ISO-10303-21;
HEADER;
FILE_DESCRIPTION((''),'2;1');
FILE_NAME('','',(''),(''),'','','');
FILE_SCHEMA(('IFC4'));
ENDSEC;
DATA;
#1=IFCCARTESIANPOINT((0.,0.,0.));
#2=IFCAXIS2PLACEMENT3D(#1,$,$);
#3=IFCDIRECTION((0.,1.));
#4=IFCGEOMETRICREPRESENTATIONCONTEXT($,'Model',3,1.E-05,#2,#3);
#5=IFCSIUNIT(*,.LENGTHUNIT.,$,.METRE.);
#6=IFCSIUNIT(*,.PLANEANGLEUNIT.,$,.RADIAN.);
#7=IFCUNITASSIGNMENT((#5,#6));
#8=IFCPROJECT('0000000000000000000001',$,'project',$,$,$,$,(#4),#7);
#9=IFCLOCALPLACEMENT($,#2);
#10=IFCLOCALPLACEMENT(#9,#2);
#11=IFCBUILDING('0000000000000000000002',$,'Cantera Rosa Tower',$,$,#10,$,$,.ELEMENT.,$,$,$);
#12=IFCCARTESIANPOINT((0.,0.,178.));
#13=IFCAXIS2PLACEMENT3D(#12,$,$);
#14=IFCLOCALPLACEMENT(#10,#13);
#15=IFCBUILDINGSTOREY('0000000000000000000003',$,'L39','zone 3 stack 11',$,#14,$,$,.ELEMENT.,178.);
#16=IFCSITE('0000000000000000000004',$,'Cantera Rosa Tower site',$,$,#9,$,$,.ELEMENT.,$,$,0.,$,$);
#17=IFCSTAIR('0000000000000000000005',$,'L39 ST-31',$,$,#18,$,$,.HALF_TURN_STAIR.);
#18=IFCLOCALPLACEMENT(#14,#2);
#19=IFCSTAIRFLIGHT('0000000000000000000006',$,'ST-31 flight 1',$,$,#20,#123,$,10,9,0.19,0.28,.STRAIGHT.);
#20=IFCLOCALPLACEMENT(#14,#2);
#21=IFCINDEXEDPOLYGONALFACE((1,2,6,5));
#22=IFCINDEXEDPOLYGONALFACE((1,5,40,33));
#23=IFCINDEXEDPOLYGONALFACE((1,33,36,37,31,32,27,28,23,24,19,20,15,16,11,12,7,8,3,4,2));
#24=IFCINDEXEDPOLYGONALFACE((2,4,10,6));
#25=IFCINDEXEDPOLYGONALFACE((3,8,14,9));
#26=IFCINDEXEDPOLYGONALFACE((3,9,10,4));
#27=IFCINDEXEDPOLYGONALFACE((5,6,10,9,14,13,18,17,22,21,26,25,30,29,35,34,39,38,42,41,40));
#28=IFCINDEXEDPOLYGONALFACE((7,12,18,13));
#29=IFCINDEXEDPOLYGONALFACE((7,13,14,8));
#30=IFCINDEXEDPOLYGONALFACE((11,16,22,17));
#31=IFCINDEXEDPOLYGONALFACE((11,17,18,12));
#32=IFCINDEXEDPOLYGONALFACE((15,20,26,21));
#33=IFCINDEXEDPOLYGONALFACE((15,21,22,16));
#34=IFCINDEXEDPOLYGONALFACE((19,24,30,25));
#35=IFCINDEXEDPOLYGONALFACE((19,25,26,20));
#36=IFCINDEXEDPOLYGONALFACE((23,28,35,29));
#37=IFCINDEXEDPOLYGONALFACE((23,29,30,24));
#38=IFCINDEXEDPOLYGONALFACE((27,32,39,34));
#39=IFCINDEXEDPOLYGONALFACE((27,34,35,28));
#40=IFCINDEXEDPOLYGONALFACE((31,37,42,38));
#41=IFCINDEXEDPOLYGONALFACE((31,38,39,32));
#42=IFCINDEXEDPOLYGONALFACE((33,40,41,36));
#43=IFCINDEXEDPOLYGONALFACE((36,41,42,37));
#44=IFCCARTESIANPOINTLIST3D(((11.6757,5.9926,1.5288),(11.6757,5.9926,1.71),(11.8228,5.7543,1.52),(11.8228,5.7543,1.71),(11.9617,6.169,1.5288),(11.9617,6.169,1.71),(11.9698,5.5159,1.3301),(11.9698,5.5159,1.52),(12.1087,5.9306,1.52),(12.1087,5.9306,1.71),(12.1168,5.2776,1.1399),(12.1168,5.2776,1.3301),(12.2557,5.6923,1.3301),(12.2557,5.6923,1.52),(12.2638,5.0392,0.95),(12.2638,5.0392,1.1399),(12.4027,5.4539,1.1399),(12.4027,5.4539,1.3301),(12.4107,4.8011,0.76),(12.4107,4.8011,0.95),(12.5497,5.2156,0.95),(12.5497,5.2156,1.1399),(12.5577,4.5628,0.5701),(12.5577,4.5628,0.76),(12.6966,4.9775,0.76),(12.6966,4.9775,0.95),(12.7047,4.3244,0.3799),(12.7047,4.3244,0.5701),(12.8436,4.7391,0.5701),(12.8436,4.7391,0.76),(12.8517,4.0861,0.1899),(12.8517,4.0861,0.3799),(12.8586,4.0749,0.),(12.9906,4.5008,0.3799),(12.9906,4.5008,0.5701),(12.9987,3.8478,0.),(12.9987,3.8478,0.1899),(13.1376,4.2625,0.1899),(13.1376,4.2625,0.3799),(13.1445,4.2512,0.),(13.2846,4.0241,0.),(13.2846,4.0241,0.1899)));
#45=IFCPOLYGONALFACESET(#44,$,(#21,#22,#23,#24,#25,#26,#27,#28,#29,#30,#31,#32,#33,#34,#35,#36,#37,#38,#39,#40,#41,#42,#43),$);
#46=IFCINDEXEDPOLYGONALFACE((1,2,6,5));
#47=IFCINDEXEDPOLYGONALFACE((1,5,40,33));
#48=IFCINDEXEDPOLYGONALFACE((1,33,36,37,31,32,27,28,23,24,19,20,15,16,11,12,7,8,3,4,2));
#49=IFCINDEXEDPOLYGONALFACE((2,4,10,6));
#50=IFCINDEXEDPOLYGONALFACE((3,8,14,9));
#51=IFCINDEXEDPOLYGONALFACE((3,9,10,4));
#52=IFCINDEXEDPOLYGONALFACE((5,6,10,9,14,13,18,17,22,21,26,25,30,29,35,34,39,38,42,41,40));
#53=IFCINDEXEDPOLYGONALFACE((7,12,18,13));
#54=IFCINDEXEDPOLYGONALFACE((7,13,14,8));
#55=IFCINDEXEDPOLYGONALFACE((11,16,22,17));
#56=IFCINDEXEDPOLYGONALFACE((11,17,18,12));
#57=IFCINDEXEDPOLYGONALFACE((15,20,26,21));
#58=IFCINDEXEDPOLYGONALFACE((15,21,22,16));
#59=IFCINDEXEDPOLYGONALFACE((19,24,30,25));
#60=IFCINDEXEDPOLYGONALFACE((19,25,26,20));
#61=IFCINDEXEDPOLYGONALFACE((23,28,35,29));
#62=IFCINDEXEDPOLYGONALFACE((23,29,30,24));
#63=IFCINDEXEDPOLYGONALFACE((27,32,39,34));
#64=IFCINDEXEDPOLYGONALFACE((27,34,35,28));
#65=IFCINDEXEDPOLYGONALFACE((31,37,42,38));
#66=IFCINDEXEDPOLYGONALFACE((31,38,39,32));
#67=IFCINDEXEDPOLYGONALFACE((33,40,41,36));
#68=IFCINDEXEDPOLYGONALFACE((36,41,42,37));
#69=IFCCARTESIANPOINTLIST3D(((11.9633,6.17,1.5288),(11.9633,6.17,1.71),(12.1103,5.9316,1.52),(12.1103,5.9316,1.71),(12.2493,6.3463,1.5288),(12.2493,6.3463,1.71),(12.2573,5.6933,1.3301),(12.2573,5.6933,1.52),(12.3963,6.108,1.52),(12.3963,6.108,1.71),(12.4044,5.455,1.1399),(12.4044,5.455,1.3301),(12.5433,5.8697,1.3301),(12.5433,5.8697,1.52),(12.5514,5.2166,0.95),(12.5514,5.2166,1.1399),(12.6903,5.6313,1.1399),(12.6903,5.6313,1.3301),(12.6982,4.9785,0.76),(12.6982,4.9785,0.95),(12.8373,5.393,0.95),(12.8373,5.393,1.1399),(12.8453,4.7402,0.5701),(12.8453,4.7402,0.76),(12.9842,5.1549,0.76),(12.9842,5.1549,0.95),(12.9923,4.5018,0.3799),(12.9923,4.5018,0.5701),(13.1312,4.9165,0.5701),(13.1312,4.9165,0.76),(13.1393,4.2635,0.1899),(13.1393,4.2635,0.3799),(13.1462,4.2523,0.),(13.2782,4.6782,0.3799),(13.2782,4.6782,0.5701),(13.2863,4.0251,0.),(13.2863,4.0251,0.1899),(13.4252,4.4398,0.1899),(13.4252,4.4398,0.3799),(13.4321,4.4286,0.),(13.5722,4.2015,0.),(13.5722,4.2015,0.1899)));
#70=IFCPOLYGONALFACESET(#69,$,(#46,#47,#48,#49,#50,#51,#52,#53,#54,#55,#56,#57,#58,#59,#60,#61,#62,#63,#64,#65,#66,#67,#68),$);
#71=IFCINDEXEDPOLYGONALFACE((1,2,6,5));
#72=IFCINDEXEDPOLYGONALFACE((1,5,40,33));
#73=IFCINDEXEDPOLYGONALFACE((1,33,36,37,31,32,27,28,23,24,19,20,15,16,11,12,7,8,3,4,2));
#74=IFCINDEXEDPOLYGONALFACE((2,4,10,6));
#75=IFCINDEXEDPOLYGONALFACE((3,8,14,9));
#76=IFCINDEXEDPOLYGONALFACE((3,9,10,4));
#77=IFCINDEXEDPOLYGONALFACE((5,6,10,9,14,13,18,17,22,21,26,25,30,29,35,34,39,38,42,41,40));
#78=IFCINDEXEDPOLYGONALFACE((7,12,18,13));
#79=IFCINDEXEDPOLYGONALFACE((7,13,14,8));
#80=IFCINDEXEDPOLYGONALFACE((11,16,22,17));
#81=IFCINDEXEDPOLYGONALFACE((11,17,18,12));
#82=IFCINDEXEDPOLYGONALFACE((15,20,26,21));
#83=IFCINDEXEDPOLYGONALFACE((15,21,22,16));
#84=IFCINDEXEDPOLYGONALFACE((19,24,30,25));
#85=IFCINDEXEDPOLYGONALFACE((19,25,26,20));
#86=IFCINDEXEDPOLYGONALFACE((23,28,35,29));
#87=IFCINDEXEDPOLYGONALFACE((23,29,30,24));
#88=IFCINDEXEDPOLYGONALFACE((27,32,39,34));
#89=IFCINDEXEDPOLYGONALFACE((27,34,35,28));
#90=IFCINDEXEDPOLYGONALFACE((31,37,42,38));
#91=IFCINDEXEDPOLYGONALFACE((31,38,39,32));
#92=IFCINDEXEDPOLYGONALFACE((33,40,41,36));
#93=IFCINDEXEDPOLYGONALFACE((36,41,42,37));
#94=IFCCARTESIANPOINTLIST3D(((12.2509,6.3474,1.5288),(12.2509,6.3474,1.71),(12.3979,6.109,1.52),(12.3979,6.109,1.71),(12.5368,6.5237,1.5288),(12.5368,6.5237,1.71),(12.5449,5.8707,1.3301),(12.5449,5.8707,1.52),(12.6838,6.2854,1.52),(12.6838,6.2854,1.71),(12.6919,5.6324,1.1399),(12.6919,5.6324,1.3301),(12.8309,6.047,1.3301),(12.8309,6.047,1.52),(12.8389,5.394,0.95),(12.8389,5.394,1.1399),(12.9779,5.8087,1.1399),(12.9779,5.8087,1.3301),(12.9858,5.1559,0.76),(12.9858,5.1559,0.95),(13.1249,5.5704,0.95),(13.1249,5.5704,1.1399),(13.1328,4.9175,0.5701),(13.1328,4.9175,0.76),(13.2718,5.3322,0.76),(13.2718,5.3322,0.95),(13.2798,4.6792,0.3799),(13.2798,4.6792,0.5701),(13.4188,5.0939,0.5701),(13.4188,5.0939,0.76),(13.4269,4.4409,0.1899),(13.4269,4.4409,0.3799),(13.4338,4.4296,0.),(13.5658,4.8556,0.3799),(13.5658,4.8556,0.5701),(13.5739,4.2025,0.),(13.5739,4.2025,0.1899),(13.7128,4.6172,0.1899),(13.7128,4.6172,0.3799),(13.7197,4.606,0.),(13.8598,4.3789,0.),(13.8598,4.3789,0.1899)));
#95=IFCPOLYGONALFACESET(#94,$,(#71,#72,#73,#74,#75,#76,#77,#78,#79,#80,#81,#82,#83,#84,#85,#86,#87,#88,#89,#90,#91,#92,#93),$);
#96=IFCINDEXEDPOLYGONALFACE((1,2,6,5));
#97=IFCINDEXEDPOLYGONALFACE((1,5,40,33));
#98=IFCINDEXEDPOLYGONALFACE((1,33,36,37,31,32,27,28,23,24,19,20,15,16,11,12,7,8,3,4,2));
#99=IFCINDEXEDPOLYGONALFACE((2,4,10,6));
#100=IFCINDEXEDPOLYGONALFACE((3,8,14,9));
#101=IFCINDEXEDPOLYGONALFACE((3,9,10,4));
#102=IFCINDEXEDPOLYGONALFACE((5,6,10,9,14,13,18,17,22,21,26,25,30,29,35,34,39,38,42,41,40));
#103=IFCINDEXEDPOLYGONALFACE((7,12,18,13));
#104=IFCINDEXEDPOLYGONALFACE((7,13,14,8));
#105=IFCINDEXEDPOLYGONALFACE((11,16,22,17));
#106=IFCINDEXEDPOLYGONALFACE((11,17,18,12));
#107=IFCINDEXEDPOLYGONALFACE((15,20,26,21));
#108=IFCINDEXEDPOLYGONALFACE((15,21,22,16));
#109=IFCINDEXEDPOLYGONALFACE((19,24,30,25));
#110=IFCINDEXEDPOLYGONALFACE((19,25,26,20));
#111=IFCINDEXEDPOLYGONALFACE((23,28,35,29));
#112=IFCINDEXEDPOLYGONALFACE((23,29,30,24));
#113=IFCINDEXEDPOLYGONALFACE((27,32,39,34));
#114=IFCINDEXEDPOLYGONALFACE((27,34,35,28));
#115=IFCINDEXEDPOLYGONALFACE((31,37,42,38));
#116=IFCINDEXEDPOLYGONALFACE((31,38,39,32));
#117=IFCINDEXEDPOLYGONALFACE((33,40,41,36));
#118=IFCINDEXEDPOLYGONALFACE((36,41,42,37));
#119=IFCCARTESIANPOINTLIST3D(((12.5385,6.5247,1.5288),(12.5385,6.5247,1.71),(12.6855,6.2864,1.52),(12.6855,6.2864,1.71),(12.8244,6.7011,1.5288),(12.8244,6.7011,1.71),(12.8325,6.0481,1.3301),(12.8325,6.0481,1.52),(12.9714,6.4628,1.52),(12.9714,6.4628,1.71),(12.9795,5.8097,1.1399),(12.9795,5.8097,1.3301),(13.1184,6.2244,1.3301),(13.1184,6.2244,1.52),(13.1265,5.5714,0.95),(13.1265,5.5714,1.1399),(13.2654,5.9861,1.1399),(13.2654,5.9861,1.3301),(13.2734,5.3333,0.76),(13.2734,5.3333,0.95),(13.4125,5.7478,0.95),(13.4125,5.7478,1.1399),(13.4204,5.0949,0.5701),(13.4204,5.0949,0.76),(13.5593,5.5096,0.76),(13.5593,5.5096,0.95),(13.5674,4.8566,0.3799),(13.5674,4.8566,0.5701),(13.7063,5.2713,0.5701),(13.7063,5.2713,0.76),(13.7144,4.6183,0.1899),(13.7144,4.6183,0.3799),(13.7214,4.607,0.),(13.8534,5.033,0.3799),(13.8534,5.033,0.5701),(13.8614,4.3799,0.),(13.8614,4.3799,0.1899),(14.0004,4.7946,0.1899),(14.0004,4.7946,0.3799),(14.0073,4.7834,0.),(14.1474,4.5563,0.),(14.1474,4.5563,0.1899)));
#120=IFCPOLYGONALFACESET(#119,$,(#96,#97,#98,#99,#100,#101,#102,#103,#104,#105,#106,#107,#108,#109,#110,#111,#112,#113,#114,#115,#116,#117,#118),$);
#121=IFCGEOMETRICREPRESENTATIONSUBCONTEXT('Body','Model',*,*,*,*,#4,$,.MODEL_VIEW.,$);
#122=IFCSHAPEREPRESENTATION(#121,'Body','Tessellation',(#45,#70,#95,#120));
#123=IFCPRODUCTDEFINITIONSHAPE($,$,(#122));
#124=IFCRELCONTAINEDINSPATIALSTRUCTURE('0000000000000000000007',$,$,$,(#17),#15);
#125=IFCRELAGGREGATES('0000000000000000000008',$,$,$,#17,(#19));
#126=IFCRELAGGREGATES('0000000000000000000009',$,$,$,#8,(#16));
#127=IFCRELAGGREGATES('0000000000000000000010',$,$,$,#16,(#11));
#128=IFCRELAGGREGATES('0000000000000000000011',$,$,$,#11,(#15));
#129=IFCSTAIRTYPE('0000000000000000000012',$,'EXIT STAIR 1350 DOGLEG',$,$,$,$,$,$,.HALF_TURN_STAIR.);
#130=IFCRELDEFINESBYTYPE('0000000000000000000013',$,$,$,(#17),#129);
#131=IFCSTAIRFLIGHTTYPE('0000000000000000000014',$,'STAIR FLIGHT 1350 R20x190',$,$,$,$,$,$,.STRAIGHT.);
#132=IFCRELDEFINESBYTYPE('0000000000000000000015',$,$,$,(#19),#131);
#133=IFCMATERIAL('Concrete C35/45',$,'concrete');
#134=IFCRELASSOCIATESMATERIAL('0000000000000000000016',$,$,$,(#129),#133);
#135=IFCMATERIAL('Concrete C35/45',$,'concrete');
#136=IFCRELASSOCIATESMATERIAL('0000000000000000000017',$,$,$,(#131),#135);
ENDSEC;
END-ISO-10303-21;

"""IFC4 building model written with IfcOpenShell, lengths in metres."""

from ifc_helpers import new_model, si_unit, direction, frame, origin, place, context, subcontext, project, spatial, polyline, outline, extrude, material, type_object, element, aggregate, save


model = new_model("IFC4")

# Units and contexts
model_context = context("Model", 3, precision=1e-05, world=origin(), true_north=direction((0.0, 1.0)))
body_context = subcontext(model_context, "Body", "Model", "MODEL_VIEW")
ifc_project = project(units=[si_unit("LENGTHUNIT", "METRE"), si_unit("PLANEANGLEUNIT", "RADIAN")], contexts=[model_context])

# Site, building, storey
site_placement = place(None, origin())
site = spatial("IfcSite", under=ifc_project, at=site_placement, Name="Cantera Rosa Tower site", CompositionType="ELEMENT", RefElevation=0.0)
building_placement = place(site_placement, origin())
building = spatial("IfcBuilding", under=site, at=building_placement, Name="Cantera Rosa Tower", CompositionType="ELEMENT")
storey_placement = place(building_placement, frame((0.0, 0.0, 178.0)))
storey = spatial("IfcBuildingStorey", under=building, at=storey_placement, Name="L39", Description="zone 3 stack 11", CompositionType="ELEMENT", Elevation=178.0)

# Stair, stair flight
ifc_material_1 = material(Name="Concrete C35/45", Category="concrete")
stair_type = type_object("IfcStairType", Name="EXIT STAIR 1350 DOGLEG", PredefinedType="HALF_TURN_STAIR", material=ifc_material_1)
stair_1_placement = place(storey_placement, origin())
stair_1 = element("IfcStair", 1, at=stair_1_placement, inside=storey, type_object=stair_type, Name="L39 ST-31", PredefinedType="HALF_TURN_STAIR")
ifc_material_2 = material(Name="Concrete C35/45", Category="concrete")
stair_flight_type = type_object("IfcStairFlightType", Name="STAIR FLIGHT 1350 R20x190", PredefinedType="STRAIGHT", material=ifc_material_2)
stair_flight_1_placement = place(storey_placement, frame((13.5732, 4.2021, 0.0), z_axis=(0.0, 0.0, 1.0), x_axis=(-0.524977, 0.851117, 0.0)))
stair_flight_1 = element("IfcStairFlight", 2, at=stair_flight_1_placement, type_object=stair_flight_type, Name="ST-31 flight 1", NumberOfRisers=10, NumberOfTreads=9, PredefinedType="STRAIGHT", RiserHeight=0.19, TreadLength=0.28, context=body_context, shape_type="SweptSolid", body=[
    extrude(outline(polyline([(0.0, 0.0), (0.0, 0.1899), (0.28, 0.1899), (0.28, 0.3799), (0.5601, 0.3799), (0.5601, 0.5701), (0.8401, 0.5701), (0.8401, 0.76), (1.1201, 0.76), (1.1201, 0.95), (1.3999, 0.95), (1.3999, 1.1399), (1.6799, 1.1399), (1.6799, 1.3301), (1.96, 1.3301), (1.96, 1.52), (2.24, 1.52), (2.24, 1.71), (2.52, 1.71), (2.52, 1.8999), (2.52, 1.5288), (0.2668, 0.0), (0.0, 0.0)])), frame((0.0, 0.675, 0.0), z_axis=(0.0, -1.0, 0.0), x_axis=(1.0, 0.0, 0.0)), (0.0, 0.0, 1.0), 0.3359),
    extrude(outline(polyline([(0.0, 0.0), (0.0, 0.1899), (0.28, 0.1899), (0.28, 0.3799), (0.5601, 0.3799), (0.5601, 0.5701), (0.8401, 0.5701), (0.8401, 0.76), (1.1201, 0.76), (1.1201, 0.95), (1.3999, 0.95), (1.3999, 1.1399), (1.6799, 1.1399), (1.6799, 1.3301), (1.96, 1.3301), (1.96, 1.52), (2.24, 1.52), (2.24, 1.71), (2.52, 1.71), (2.52, 1.8999), (2.52, 1.5288), (0.2668, 0.0), (0.0, 0.0)])), frame((0.0, 0.3372, 0.0), z_axis=(0.0, -1.0, 0.0), x_axis=(1.0, 0.0, 0.0)), (0.0, 0.0, 1.0), 0.3359),
    extrude(outline(polyline([(0.0, 0.0), (0.0, 0.1899), (0.28, 0.1899), (0.28, 0.3799), (0.5601, 0.3799), (0.5601, 0.5701), (0.8401, 0.5701), (0.8401, 0.76), (1.1201, 0.76), (1.1201, 0.95), (1.3999, 0.95), (1.3999, 1.1399), (1.6799, 1.1399), (1.6799, 1.3301), (1.96, 1.3301), (1.96, 1.52), (2.24, 1.52), (2.24, 1.71), (2.52, 1.71), (2.52, 1.8999), (2.52, 1.5288), (0.2668, 0.0), (0.0, 0.0)])), frame((0.0, -0.0007, 0.0), z_axis=(0.0, -1.0, 0.0), x_axis=(1.0, 0.0, 0.0)), (0.0, 0.0, 1.0), 0.3359),
    extrude(outline(polyline([(0.0, 0.0), (0.0, 0.1899), (0.28, 0.1899), (0.28, 0.3799), (0.5601, 0.3799), (0.5601, 0.5701), (0.8401, 0.5701), (0.8401, 0.76), (1.1201, 0.76), (1.1201, 0.95), (1.3999, 0.95), (1.3999, 1.1399), (1.6799, 1.1399), (1.6799, 1.3301), (1.96, 1.3301), (1.96, 1.52), (2.24, 1.52), (2.24, 1.71), (2.52, 1.71), (2.52, 1.8999), (2.52, 1.5288), (0.2668, 0.0), (0.0, 0.0)])), frame((0.0, -0.3386, 0.0), z_axis=(0.0, -1.0, 0.0), x_axis=(1.0, 0.0, 0.0)), (0.0, 0.0, 1.0), 0.3359),
])
aggregate(stair_1, [stair_flight_1])

save(model, "model.ifc")
